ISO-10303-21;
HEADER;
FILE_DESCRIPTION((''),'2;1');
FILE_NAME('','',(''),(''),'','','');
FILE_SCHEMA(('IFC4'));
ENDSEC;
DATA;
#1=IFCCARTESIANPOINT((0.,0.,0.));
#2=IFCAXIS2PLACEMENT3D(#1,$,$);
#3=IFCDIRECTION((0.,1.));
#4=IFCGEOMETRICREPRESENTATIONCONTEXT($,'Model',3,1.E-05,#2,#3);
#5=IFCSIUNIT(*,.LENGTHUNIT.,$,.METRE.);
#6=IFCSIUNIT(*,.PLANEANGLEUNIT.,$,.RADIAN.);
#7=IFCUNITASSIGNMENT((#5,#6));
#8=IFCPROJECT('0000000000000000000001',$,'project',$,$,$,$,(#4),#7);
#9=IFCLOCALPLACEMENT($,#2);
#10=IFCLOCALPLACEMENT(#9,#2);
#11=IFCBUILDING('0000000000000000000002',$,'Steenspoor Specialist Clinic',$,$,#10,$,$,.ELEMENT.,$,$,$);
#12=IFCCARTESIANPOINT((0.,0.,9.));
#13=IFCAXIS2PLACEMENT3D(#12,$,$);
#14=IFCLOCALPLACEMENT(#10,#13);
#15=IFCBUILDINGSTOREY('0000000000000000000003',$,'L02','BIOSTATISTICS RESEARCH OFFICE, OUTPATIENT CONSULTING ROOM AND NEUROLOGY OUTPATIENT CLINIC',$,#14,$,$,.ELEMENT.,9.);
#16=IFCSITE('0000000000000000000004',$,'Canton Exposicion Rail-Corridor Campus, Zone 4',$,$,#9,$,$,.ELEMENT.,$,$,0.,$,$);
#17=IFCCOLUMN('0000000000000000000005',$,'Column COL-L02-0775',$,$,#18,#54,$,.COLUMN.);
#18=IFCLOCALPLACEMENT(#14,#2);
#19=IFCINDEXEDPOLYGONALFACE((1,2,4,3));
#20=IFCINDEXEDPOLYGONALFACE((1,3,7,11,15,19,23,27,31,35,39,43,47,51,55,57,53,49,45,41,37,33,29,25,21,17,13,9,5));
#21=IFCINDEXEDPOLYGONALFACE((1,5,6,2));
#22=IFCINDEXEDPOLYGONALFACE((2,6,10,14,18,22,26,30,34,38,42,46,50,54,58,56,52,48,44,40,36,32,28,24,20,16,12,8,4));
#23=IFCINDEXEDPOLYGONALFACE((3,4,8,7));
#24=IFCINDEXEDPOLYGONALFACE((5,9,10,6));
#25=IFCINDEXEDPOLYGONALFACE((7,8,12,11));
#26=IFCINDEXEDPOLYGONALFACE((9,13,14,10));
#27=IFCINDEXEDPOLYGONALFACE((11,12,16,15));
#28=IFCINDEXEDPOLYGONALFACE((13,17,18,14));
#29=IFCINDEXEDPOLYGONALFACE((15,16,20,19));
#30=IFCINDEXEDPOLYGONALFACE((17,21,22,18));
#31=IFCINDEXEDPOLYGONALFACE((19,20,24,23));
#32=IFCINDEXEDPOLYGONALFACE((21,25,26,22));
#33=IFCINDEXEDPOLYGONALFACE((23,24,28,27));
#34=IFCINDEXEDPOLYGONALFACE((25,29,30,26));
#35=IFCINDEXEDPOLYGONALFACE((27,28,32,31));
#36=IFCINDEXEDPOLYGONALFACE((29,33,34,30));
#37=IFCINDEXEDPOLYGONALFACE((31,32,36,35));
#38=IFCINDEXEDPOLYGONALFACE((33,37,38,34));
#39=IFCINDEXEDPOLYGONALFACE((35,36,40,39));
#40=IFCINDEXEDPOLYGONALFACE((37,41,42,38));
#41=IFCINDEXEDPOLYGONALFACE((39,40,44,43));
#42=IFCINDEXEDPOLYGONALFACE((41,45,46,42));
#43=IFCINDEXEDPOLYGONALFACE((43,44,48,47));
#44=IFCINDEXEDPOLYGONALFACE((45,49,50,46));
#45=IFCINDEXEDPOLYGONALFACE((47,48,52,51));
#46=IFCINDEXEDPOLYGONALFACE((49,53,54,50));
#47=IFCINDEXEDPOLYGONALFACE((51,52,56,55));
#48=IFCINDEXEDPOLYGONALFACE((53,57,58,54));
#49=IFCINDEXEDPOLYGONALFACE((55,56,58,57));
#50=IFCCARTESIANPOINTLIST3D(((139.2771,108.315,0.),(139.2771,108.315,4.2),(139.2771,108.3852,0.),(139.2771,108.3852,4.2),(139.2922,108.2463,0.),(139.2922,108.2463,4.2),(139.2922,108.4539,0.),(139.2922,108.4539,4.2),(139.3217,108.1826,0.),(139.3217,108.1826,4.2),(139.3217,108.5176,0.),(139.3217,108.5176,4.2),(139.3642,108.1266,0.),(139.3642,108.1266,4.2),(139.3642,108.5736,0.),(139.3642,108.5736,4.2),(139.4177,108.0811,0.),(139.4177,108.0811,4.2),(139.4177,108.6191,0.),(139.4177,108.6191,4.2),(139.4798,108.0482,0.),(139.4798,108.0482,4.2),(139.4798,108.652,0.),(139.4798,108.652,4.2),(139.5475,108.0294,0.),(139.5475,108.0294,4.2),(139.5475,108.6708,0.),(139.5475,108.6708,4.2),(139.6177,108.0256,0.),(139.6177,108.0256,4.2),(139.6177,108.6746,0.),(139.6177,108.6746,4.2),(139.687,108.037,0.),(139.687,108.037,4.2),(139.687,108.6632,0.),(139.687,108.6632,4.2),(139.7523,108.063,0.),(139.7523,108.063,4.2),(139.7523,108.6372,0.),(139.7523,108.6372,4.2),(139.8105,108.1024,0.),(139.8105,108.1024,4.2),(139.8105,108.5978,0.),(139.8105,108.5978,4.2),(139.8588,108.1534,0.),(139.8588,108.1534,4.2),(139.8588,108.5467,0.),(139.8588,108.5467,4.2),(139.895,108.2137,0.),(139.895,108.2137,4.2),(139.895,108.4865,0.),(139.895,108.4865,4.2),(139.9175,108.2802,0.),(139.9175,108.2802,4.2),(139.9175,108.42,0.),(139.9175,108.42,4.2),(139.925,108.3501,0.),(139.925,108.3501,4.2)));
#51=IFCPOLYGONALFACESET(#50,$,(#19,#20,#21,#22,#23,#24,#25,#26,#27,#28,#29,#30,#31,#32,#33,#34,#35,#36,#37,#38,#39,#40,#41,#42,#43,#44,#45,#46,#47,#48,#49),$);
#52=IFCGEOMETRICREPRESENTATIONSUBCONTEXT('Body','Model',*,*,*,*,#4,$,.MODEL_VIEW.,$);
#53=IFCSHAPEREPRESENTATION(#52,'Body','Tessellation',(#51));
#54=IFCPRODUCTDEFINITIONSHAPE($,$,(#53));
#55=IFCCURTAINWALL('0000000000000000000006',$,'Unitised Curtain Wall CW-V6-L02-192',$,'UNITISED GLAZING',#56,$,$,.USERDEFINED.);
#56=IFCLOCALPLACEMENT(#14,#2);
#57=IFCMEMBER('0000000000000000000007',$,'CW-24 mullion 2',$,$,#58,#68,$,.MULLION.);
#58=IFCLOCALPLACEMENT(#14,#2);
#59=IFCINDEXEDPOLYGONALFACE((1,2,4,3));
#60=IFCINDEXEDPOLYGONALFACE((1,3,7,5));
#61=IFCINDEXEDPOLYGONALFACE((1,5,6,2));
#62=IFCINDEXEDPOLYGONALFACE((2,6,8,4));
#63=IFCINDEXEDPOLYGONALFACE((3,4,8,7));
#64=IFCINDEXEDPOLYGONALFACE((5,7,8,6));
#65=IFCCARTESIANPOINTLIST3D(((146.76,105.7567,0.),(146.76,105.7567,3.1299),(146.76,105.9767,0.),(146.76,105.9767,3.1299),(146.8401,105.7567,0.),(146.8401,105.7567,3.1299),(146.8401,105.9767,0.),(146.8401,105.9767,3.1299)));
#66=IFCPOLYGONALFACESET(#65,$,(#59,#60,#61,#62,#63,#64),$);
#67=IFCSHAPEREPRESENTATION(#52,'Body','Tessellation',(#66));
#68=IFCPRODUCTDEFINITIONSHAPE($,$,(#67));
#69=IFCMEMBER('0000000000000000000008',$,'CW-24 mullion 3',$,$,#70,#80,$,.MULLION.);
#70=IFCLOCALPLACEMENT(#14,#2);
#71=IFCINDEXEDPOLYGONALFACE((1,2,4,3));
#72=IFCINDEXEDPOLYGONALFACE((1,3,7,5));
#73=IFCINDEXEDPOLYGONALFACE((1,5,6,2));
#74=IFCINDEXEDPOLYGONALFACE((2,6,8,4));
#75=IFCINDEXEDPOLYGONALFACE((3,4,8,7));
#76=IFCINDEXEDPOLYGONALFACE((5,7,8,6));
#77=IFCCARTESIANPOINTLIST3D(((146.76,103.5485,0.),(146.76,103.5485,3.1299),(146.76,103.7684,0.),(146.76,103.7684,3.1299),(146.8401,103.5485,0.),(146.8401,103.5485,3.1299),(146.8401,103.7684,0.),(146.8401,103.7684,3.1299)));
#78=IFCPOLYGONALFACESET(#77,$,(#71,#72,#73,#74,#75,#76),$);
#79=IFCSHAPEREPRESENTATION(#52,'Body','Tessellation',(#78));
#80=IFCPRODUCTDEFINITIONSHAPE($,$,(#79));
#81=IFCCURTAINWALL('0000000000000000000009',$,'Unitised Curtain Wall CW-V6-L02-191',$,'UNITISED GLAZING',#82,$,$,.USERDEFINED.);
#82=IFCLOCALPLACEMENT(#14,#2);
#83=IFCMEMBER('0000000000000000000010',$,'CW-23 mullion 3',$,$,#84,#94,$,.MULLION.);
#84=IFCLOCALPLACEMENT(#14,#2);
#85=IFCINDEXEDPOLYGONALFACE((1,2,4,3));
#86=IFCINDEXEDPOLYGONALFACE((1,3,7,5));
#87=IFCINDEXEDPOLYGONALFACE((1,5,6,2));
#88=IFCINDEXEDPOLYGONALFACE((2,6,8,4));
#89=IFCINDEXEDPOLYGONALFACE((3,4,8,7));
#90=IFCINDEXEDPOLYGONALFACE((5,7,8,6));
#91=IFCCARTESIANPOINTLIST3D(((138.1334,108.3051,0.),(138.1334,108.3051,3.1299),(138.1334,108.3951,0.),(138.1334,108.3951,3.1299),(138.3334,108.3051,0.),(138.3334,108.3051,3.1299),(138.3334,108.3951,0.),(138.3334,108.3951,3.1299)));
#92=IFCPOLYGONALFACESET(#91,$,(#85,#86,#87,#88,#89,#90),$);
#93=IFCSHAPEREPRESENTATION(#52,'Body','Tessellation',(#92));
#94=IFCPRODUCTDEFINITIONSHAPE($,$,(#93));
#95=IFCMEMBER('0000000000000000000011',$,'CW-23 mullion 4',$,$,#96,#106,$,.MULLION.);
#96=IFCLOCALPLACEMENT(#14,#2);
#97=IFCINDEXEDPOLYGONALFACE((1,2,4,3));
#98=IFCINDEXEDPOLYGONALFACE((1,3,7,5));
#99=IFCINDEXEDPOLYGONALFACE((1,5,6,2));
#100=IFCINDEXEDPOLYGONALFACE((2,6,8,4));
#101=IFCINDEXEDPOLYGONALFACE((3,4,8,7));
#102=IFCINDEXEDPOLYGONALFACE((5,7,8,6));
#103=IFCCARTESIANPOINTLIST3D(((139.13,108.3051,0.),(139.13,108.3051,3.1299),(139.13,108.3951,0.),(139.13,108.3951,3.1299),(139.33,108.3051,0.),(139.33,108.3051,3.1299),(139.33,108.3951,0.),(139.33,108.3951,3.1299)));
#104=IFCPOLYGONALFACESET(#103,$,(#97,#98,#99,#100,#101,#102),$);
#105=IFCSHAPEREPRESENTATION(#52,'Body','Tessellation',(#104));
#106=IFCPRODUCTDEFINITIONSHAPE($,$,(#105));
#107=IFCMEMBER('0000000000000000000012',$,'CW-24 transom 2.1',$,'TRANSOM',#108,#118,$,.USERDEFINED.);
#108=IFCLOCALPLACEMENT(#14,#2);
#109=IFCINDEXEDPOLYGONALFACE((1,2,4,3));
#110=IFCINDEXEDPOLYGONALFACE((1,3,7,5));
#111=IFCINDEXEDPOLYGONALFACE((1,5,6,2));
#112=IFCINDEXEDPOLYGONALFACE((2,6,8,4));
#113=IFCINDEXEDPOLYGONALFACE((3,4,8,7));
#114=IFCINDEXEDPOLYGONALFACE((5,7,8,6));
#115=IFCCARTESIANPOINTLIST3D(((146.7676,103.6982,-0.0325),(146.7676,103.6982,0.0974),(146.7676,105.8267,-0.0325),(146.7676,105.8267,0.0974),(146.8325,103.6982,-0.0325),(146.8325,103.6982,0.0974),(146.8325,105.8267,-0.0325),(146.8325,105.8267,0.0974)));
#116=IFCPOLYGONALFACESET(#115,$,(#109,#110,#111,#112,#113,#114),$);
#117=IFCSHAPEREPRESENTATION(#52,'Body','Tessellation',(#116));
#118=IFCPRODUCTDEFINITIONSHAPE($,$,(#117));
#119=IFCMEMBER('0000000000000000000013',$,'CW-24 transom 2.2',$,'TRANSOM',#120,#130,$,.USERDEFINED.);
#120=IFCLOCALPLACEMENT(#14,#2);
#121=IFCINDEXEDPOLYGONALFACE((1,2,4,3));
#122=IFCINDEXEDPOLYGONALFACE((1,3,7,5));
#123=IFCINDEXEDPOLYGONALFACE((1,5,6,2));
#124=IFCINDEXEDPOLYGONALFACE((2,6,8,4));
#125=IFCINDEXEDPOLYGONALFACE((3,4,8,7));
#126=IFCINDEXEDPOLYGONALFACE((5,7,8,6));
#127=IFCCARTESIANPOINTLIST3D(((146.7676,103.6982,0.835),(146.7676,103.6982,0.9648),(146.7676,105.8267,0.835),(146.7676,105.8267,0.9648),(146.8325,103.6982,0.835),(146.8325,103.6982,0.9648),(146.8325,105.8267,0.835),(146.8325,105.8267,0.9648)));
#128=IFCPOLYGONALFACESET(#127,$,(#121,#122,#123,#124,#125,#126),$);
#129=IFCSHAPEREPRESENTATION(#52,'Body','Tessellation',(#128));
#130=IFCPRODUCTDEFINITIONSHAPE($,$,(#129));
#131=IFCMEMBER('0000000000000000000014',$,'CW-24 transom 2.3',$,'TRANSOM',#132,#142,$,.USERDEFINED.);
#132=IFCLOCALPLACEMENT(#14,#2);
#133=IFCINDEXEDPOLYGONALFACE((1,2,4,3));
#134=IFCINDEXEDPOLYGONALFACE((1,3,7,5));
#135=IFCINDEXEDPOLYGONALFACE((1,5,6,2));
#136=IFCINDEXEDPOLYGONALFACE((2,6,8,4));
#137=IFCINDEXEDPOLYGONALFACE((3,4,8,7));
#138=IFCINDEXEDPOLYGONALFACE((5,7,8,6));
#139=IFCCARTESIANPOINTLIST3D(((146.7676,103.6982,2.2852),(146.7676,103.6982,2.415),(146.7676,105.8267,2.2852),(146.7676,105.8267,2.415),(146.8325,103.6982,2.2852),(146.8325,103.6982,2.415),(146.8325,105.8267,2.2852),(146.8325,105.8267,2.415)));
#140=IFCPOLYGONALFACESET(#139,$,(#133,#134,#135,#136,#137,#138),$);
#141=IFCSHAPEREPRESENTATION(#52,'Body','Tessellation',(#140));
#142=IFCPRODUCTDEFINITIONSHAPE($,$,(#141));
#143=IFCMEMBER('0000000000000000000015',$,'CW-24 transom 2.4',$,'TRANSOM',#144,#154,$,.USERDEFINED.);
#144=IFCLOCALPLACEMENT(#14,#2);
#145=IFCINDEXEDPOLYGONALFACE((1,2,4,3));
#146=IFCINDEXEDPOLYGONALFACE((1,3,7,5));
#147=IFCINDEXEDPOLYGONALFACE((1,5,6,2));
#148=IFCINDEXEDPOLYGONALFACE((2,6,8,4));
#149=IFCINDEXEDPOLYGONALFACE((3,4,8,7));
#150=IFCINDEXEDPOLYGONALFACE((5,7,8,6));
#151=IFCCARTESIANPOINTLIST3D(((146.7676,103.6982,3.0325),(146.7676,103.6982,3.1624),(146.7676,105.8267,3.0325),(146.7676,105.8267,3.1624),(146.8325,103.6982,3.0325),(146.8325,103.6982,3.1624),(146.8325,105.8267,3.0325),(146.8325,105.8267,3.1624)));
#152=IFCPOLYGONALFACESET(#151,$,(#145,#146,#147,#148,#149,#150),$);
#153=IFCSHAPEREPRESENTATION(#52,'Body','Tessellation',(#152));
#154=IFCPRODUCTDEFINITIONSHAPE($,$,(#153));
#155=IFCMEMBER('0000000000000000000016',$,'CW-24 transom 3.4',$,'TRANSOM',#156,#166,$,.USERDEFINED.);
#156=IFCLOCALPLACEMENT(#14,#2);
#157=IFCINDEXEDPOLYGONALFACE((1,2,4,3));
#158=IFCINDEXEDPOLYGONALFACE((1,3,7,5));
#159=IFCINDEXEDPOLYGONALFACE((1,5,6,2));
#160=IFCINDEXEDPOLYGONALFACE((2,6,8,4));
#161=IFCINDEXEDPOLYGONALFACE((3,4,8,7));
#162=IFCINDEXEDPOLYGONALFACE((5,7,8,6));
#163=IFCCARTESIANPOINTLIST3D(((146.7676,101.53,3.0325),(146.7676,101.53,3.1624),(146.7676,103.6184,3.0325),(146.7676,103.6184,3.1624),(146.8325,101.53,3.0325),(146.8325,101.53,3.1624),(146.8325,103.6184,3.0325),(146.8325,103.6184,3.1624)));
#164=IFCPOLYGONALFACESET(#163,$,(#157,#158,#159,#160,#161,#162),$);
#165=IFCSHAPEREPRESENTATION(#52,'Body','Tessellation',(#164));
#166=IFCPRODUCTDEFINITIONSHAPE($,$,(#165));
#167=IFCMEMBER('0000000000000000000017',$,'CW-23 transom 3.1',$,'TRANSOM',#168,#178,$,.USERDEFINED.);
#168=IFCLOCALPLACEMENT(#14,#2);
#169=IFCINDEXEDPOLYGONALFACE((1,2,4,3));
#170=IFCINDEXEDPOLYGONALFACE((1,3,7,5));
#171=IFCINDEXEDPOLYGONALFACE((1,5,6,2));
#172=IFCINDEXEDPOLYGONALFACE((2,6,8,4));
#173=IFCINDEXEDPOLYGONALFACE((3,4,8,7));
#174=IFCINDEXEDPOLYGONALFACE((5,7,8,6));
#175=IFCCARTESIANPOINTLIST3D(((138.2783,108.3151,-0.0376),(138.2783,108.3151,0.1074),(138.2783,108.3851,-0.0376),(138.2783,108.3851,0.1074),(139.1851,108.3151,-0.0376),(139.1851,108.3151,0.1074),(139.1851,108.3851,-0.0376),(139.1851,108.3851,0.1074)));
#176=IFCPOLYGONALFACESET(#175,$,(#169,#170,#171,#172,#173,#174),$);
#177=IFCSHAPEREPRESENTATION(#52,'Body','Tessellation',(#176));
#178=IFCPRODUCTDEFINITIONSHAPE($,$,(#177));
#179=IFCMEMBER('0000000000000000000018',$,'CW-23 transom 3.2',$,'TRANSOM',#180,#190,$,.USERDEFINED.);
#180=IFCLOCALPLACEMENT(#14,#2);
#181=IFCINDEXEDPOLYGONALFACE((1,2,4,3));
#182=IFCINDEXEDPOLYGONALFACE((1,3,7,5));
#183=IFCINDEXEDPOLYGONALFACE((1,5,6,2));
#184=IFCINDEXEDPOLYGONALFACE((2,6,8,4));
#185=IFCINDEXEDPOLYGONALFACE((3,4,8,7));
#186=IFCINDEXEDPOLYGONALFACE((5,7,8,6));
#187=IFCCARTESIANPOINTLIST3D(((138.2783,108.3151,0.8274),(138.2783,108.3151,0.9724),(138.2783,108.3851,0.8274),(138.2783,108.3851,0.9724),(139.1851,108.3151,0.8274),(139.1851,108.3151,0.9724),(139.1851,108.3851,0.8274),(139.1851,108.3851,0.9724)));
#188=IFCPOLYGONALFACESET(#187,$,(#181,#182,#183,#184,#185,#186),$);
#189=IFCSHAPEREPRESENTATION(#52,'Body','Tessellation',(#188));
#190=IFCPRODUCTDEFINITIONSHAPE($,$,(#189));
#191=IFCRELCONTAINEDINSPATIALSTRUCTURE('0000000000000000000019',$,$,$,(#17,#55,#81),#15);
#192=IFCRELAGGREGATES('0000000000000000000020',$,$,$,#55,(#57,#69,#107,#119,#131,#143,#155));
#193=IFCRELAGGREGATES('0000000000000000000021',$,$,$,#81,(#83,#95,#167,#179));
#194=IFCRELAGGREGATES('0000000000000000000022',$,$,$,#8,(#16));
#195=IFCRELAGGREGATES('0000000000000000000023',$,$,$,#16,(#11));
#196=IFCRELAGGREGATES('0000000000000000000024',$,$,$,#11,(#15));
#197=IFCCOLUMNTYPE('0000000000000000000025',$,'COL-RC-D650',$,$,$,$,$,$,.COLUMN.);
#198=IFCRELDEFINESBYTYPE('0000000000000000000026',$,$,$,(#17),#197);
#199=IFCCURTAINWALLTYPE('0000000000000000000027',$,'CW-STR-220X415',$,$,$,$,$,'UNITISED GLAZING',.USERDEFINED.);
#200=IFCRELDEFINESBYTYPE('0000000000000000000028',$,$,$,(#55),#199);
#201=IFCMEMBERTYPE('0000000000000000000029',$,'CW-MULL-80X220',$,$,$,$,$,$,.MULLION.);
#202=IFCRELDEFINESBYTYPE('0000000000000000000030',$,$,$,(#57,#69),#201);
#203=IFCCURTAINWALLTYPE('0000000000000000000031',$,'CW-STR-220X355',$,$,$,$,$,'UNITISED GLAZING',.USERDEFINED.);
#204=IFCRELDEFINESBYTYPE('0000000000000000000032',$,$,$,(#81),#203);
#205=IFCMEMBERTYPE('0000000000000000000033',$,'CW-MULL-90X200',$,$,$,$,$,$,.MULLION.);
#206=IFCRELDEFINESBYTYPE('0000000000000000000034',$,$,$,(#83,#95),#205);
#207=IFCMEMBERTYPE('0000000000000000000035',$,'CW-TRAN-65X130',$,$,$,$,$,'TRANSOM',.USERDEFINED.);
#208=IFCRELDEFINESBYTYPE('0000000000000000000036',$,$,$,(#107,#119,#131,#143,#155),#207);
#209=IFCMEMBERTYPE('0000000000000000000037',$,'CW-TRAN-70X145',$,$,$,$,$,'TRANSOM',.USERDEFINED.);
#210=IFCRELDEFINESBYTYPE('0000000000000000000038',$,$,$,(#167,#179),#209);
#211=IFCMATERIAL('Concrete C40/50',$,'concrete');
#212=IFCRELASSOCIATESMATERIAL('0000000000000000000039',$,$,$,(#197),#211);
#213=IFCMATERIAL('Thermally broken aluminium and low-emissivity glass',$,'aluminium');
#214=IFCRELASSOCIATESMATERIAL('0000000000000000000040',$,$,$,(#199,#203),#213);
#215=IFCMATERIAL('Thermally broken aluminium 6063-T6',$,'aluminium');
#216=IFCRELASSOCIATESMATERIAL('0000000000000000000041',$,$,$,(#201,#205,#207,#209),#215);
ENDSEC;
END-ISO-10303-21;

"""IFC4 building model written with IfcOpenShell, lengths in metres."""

from ifc_helpers import new_model, si_unit, direction, frame, origin, origin_2d, place, context, subcontext, project, spatial, rectangle, circle, extrude, material, material_profile, profile_set, type_object, element, aggregate, save


model = new_model("IFC4")

# Units and contexts
model_context = context("Model", 3, precision=1e-05, world=origin(), true_north=direction((0.0, 1.0)))
body_context = subcontext(model_context, "Body", "Model", "MODEL_VIEW")
ifc_project = project(units=[si_unit("LENGTHUNIT", "METRE"), si_unit("PLANEANGLEUNIT", "RADIAN")], contexts=[model_context])

# Site, building, storey
site_placement = place(None, origin())
site = spatial("IfcSite", under=ifc_project, at=site_placement, Name="Canton Exposicion Rail-Corridor Campus, Zone 4", CompositionType="ELEMENT", RefElevation=0.0)
building_placement = place(site_placement, origin())
building = spatial("IfcBuilding", under=site, at=building_placement, Name="Steenspoor Specialist Clinic", CompositionType="ELEMENT")
storey_placement = place(building_placement, frame((0.0, 0.0, 9.0)))
storey = spatial("IfcBuildingStorey", under=building, at=storey_placement, Name="L02", Description="BIOSTATISTICS RESEARCH OFFICE, OUTPATIENT CONSULTING ROOM AND NEUROLOGY OUTPATIENT CLINIC", CompositionType="ELEMENT", Elevation=9.0)

# Column
ifc_material_1 = material(Name="Concrete C40/50", Category="concrete")
ifc_material_profile_1 = material_profile(ifc_material_1, circle(Radius=0.325, at=origin_2d()), Name="RC-COL-D650")
ifc_profile_set_1 = profile_set([ifc_material_profile_1], Name="Concrete C40/50")
column_type = type_object("IfcColumnType", Name="COL-RC-D650", PredefinedType="COLUMN", material=ifc_profile_set_1)
column_placement = place(storey_placement, frame((139.6001, 108.3501, 0.0), z_axis=(0.0, 0.0, 1.0), x_axis=(1.0, 0.0, 0.0)))
element("IfcColumn", 1, at=column_placement, inside=storey, type_object=column_type, Name="Column COL-L02-0775", PredefinedType="COLUMN", context=body_context, shape_type="SweptSolid", body=[
    extrude(circle(Radius=0.325, at=origin_2d()), origin(), (0.0, 0.0, 1.0), 4.2),
])

# Curtain walls, members
ifc_material_2 = material(Name="Thermally broken aluminium and low-emissivity glass", Category="aluminium")
curtain_wall_type_1 = type_object("IfcCurtainWallType", Name="CW-STR-220X415", ElementType="UNITISED GLAZING", PredefinedType="USERDEFINED", material=ifc_material_2)
curtain_wall_1_placement = place(storey_placement, origin())
curtain_wall_1 = element("IfcCurtainWall", 2, at=curtain_wall_1_placement, inside=storey, type_object=curtain_wall_type_1, Name="Unitised Curtain Wall CW-V6-L02-192", ObjectType="UNITISED GLAZING", PredefinedType="USERDEFINED")
ifc_material_3 = material(Name="Thermally broken aluminium 6063-T6", Category="aluminium")
ifc_material_profile_2 = material_profile(ifc_material_3, rectangle(XDim=0.0801, YDim=0.22, at=origin_2d()), Name="CWM-80X220")
ifc_profile_set_2 = profile_set([ifc_material_profile_2], Name="Thermally broken aluminium 6063-T6")
member_type_1 = type_object("IfcMemberType", Name="CW-MULL-80X220", PredefinedType="MULLION", material=ifc_profile_set_2)
member_1_placement = place(storey_placement, frame((146.8, 105.8667, 0.0), z_axis=(0.0, 0.0, 1.0), x_axis=(1.0, 0.0, 0.0)))
member_1 = element("IfcMember", 3, at=member_1_placement, type_object=member_type_1, Name="CW-24 mullion 2", PredefinedType="MULLION", context=body_context, shape_type="SweptSolid", body=[
    extrude(rectangle(XDim=0.0801, YDim=0.22, at=origin_2d()), origin(), (0.0, 0.0, 1.0), 3.1299),
])
member_2_placement = place(storey_placement, frame((146.8, 103.6584, 0.0), z_axis=(0.0, 0.0, 1.0), x_axis=(1.0, 0.0, 0.0)))
member_2 = element("IfcMember", 4, at=member_2_placement, type_object=member_type_1, Name="CW-24 mullion 3", PredefinedType="MULLION", context=body_context, shape_type="SweptSolid", body=[
    extrude(rectangle(XDim=0.0801, YDim=0.22, at=origin_2d()), origin(), (0.0, 0.0, 1.0), 3.1299),
])
curtain_wall_type_2 = type_object("IfcCurtainWallType", Name="CW-STR-220X355", ElementType="UNITISED GLAZING", PredefinedType="USERDEFINED", material=ifc_material_2)
curtain_wall_2_placement = place(storey_placement, origin())
curtain_wall_2 = element("IfcCurtainWall", 5, at=curtain_wall_2_placement, inside=storey, type_object=curtain_wall_type_2, Name="Unitised Curtain Wall CW-V6-L02-191", ObjectType="UNITISED GLAZING", PredefinedType="USERDEFINED")
ifc_material_profile_3 = material_profile(ifc_material_3, rectangle(XDim=0.0901, YDim=0.2, at=origin_2d()), Name="CWM-90X200")
ifc_profile_set_3 = profile_set([ifc_material_profile_3], Name="Thermally broken aluminium 6063-T6")
member_type_2 = type_object("IfcMemberType", Name="CW-MULL-90X200", PredefinedType="MULLION", material=ifc_profile_set_3)
member_3_placement = place(storey_placement, frame((138.2334, 108.3501, 0.0), z_axis=(0.0, 0.0, 1.0), x_axis=(0.0, 1.0, 0.0)))
member_3 = element("IfcMember", 6, at=member_3_placement, type_object=member_type_2, Name="CW-23 mullion 3", PredefinedType="MULLION", context=body_context, shape_type="SweptSolid", body=[
    extrude(rectangle(XDim=0.0901, YDim=0.2, at=origin_2d()), origin(), (0.0, 0.0, 1.0), 3.1299),
])
member_4_placement = place(storey_placement, frame((139.23, 108.3501, 0.0), z_axis=(0.0, 0.0, 1.0), x_axis=(0.0, 1.0, 0.0)))
member_4 = element("IfcMember", 7, at=member_4_placement, type_object=member_type_2, Name="CW-23 mullion 4", PredefinedType="MULLION", context=body_context, shape_type="SweptSolid", body=[
    extrude(rectangle(XDim=0.0901, YDim=0.2, at=origin_2d()), origin(), (0.0, 0.0, 1.0), 3.1299),
])

# Members
ifc_material_profile_4 = material_profile(ifc_material_3, rectangle(XDim=0.0649, YDim=0.1299, at=origin_2d()), Name="CWT-65X130")
ifc_profile_set_4 = profile_set([ifc_material_profile_4], Name="Thermally broken aluminium 6063-T6")
member_type_3 = type_object("IfcMemberType", Name="CW-TRAN-65X130", ElementType="TRANSOM", PredefinedType="USERDEFINED", material=ifc_profile_set_4)
member_5_placement = place(storey_placement, frame((146.8, 105.8267, 0.0325), z_axis=(0.0, -1.0, 0.0), x_axis=(1.0, 0.0, 0.0)))
member_5 = element("IfcMember", 8, at=member_5_placement, type_object=member_type_3, Name="CW-24 transom 2.1", ObjectType="TRANSOM", PredefinedType="USERDEFINED", context=body_context, shape_type="SweptSolid", body=[
    extrude(rectangle(XDim=0.0649, YDim=0.1299, at=origin_2d()), origin(), (0.0, 0.0, 1.0), 2.1284),
])
member_6_placement = place(storey_placement, frame((146.8, 105.8267, 0.8999), z_axis=(0.0, -1.0, 0.0), x_axis=(1.0, 0.0, 0.0)))
member_6 = element("IfcMember", 9, at=member_6_placement, type_object=member_type_3, Name="CW-24 transom 2.2", ObjectType="TRANSOM", PredefinedType="USERDEFINED", context=body_context, shape_type="SweptSolid", body=[
    extrude(rectangle(XDim=0.0649, YDim=0.1299, at=origin_2d()), origin(), (0.0, 0.0, 1.0), 2.1284),
])
member_7_placement = place(storey_placement, frame((146.8, 105.8267, 2.3501), z_axis=(0.0, -1.0, 0.0), x_axis=(1.0, 0.0, 0.0)))
member_7 = element("IfcMember", 10, at=member_7_placement, type_object=member_type_3, Name="CW-24 transom 2.3", ObjectType="TRANSOM", PredefinedType="USERDEFINED", context=body_context, shape_type="SweptSolid", body=[
    extrude(rectangle(XDim=0.0649, YDim=0.1299, at=origin_2d()), origin(), (0.0, 0.0, 1.0), 2.1284),
])
member_8_placement = place(storey_placement, frame((146.8, 105.8267, 3.0974), z_axis=(0.0, -1.0, 0.0), x_axis=(1.0, 0.0, 0.0)))
member_8 = element("IfcMember", 11, at=member_8_placement, type_object=member_type_3, Name="CW-24 transom 2.4", ObjectType="TRANSOM", PredefinedType="USERDEFINED", context=body_context, shape_type="SweptSolid", body=[
    extrude(rectangle(XDim=0.0649, YDim=0.1299, at=origin_2d()), origin(), (0.0, 0.0, 1.0), 2.1284),
])
member_9_placement = place(storey_placement, frame((146.8, 103.6184, 3.0974), z_axis=(0.0, -1.0, 0.0), x_axis=(1.0, 0.0, 0.0)))
member_9 = element("IfcMember", 12, at=member_9_placement, type_object=member_type_3, Name="CW-24 transom 3.4", ObjectType="TRANSOM", PredefinedType="USERDEFINED", context=body_context, shape_type="SweptSolid", body=[
    extrude(rectangle(XDim=0.0649, YDim=0.1299, at=origin_2d()), origin(), (0.0, 0.0, 1.0), 2.0884),
])
ifc_material_profile_5 = material_profile(ifc_material_3, rectangle(XDim=0.0701, YDim=0.145, at=origin_2d()), Name="CWT-70X145")
ifc_profile_set_5 = profile_set([ifc_material_profile_5], Name="Thermally broken aluminium 6063-T6")
member_type_4 = type_object("IfcMemberType", Name="CW-TRAN-70X145", ElementType="TRANSOM", PredefinedType="USERDEFINED", material=ifc_profile_set_5)
member_10_placement = place(storey_placement, frame((138.2783, 108.3501, 0.0349), z_axis=(1.0, 0.0, 0.0), x_axis=(0.0, 1.0, 0.0)))
member_10 = element("IfcMember", 13, at=member_10_placement, type_object=member_type_4, Name="CW-23 transom 3.1", ObjectType="TRANSOM", PredefinedType="USERDEFINED", context=body_context, shape_type="SweptSolid", body=[
    extrude(rectangle(XDim=0.0701, YDim=0.145, at=origin_2d()), origin(), (0.0, 0.0, 1.0), 0.9067),
])
member_11_placement = place(storey_placement, frame((138.2783, 108.3501, 0.8999), z_axis=(1.0, 0.0, 0.0), x_axis=(0.0, 1.0, 0.0)))
member_11 = element("IfcMember", 14, at=member_11_placement, type_object=member_type_4, Name="CW-23 transom 3.2", ObjectType="TRANSOM", PredefinedType="USERDEFINED", context=body_context, shape_type="SweptSolid", body=[
    extrude(rectangle(XDim=0.0701, YDim=0.145, at=origin_2d()), origin(), (0.0, 0.0, 1.0), 0.9067),
])

aggregate(curtain_wall_1, [member_1, member_2, member_5, member_6, member_7, member_8, member_9])
aggregate(curtain_wall_2, [member_3, member_4, member_10, member_11])

save(model, "model.ifc")
